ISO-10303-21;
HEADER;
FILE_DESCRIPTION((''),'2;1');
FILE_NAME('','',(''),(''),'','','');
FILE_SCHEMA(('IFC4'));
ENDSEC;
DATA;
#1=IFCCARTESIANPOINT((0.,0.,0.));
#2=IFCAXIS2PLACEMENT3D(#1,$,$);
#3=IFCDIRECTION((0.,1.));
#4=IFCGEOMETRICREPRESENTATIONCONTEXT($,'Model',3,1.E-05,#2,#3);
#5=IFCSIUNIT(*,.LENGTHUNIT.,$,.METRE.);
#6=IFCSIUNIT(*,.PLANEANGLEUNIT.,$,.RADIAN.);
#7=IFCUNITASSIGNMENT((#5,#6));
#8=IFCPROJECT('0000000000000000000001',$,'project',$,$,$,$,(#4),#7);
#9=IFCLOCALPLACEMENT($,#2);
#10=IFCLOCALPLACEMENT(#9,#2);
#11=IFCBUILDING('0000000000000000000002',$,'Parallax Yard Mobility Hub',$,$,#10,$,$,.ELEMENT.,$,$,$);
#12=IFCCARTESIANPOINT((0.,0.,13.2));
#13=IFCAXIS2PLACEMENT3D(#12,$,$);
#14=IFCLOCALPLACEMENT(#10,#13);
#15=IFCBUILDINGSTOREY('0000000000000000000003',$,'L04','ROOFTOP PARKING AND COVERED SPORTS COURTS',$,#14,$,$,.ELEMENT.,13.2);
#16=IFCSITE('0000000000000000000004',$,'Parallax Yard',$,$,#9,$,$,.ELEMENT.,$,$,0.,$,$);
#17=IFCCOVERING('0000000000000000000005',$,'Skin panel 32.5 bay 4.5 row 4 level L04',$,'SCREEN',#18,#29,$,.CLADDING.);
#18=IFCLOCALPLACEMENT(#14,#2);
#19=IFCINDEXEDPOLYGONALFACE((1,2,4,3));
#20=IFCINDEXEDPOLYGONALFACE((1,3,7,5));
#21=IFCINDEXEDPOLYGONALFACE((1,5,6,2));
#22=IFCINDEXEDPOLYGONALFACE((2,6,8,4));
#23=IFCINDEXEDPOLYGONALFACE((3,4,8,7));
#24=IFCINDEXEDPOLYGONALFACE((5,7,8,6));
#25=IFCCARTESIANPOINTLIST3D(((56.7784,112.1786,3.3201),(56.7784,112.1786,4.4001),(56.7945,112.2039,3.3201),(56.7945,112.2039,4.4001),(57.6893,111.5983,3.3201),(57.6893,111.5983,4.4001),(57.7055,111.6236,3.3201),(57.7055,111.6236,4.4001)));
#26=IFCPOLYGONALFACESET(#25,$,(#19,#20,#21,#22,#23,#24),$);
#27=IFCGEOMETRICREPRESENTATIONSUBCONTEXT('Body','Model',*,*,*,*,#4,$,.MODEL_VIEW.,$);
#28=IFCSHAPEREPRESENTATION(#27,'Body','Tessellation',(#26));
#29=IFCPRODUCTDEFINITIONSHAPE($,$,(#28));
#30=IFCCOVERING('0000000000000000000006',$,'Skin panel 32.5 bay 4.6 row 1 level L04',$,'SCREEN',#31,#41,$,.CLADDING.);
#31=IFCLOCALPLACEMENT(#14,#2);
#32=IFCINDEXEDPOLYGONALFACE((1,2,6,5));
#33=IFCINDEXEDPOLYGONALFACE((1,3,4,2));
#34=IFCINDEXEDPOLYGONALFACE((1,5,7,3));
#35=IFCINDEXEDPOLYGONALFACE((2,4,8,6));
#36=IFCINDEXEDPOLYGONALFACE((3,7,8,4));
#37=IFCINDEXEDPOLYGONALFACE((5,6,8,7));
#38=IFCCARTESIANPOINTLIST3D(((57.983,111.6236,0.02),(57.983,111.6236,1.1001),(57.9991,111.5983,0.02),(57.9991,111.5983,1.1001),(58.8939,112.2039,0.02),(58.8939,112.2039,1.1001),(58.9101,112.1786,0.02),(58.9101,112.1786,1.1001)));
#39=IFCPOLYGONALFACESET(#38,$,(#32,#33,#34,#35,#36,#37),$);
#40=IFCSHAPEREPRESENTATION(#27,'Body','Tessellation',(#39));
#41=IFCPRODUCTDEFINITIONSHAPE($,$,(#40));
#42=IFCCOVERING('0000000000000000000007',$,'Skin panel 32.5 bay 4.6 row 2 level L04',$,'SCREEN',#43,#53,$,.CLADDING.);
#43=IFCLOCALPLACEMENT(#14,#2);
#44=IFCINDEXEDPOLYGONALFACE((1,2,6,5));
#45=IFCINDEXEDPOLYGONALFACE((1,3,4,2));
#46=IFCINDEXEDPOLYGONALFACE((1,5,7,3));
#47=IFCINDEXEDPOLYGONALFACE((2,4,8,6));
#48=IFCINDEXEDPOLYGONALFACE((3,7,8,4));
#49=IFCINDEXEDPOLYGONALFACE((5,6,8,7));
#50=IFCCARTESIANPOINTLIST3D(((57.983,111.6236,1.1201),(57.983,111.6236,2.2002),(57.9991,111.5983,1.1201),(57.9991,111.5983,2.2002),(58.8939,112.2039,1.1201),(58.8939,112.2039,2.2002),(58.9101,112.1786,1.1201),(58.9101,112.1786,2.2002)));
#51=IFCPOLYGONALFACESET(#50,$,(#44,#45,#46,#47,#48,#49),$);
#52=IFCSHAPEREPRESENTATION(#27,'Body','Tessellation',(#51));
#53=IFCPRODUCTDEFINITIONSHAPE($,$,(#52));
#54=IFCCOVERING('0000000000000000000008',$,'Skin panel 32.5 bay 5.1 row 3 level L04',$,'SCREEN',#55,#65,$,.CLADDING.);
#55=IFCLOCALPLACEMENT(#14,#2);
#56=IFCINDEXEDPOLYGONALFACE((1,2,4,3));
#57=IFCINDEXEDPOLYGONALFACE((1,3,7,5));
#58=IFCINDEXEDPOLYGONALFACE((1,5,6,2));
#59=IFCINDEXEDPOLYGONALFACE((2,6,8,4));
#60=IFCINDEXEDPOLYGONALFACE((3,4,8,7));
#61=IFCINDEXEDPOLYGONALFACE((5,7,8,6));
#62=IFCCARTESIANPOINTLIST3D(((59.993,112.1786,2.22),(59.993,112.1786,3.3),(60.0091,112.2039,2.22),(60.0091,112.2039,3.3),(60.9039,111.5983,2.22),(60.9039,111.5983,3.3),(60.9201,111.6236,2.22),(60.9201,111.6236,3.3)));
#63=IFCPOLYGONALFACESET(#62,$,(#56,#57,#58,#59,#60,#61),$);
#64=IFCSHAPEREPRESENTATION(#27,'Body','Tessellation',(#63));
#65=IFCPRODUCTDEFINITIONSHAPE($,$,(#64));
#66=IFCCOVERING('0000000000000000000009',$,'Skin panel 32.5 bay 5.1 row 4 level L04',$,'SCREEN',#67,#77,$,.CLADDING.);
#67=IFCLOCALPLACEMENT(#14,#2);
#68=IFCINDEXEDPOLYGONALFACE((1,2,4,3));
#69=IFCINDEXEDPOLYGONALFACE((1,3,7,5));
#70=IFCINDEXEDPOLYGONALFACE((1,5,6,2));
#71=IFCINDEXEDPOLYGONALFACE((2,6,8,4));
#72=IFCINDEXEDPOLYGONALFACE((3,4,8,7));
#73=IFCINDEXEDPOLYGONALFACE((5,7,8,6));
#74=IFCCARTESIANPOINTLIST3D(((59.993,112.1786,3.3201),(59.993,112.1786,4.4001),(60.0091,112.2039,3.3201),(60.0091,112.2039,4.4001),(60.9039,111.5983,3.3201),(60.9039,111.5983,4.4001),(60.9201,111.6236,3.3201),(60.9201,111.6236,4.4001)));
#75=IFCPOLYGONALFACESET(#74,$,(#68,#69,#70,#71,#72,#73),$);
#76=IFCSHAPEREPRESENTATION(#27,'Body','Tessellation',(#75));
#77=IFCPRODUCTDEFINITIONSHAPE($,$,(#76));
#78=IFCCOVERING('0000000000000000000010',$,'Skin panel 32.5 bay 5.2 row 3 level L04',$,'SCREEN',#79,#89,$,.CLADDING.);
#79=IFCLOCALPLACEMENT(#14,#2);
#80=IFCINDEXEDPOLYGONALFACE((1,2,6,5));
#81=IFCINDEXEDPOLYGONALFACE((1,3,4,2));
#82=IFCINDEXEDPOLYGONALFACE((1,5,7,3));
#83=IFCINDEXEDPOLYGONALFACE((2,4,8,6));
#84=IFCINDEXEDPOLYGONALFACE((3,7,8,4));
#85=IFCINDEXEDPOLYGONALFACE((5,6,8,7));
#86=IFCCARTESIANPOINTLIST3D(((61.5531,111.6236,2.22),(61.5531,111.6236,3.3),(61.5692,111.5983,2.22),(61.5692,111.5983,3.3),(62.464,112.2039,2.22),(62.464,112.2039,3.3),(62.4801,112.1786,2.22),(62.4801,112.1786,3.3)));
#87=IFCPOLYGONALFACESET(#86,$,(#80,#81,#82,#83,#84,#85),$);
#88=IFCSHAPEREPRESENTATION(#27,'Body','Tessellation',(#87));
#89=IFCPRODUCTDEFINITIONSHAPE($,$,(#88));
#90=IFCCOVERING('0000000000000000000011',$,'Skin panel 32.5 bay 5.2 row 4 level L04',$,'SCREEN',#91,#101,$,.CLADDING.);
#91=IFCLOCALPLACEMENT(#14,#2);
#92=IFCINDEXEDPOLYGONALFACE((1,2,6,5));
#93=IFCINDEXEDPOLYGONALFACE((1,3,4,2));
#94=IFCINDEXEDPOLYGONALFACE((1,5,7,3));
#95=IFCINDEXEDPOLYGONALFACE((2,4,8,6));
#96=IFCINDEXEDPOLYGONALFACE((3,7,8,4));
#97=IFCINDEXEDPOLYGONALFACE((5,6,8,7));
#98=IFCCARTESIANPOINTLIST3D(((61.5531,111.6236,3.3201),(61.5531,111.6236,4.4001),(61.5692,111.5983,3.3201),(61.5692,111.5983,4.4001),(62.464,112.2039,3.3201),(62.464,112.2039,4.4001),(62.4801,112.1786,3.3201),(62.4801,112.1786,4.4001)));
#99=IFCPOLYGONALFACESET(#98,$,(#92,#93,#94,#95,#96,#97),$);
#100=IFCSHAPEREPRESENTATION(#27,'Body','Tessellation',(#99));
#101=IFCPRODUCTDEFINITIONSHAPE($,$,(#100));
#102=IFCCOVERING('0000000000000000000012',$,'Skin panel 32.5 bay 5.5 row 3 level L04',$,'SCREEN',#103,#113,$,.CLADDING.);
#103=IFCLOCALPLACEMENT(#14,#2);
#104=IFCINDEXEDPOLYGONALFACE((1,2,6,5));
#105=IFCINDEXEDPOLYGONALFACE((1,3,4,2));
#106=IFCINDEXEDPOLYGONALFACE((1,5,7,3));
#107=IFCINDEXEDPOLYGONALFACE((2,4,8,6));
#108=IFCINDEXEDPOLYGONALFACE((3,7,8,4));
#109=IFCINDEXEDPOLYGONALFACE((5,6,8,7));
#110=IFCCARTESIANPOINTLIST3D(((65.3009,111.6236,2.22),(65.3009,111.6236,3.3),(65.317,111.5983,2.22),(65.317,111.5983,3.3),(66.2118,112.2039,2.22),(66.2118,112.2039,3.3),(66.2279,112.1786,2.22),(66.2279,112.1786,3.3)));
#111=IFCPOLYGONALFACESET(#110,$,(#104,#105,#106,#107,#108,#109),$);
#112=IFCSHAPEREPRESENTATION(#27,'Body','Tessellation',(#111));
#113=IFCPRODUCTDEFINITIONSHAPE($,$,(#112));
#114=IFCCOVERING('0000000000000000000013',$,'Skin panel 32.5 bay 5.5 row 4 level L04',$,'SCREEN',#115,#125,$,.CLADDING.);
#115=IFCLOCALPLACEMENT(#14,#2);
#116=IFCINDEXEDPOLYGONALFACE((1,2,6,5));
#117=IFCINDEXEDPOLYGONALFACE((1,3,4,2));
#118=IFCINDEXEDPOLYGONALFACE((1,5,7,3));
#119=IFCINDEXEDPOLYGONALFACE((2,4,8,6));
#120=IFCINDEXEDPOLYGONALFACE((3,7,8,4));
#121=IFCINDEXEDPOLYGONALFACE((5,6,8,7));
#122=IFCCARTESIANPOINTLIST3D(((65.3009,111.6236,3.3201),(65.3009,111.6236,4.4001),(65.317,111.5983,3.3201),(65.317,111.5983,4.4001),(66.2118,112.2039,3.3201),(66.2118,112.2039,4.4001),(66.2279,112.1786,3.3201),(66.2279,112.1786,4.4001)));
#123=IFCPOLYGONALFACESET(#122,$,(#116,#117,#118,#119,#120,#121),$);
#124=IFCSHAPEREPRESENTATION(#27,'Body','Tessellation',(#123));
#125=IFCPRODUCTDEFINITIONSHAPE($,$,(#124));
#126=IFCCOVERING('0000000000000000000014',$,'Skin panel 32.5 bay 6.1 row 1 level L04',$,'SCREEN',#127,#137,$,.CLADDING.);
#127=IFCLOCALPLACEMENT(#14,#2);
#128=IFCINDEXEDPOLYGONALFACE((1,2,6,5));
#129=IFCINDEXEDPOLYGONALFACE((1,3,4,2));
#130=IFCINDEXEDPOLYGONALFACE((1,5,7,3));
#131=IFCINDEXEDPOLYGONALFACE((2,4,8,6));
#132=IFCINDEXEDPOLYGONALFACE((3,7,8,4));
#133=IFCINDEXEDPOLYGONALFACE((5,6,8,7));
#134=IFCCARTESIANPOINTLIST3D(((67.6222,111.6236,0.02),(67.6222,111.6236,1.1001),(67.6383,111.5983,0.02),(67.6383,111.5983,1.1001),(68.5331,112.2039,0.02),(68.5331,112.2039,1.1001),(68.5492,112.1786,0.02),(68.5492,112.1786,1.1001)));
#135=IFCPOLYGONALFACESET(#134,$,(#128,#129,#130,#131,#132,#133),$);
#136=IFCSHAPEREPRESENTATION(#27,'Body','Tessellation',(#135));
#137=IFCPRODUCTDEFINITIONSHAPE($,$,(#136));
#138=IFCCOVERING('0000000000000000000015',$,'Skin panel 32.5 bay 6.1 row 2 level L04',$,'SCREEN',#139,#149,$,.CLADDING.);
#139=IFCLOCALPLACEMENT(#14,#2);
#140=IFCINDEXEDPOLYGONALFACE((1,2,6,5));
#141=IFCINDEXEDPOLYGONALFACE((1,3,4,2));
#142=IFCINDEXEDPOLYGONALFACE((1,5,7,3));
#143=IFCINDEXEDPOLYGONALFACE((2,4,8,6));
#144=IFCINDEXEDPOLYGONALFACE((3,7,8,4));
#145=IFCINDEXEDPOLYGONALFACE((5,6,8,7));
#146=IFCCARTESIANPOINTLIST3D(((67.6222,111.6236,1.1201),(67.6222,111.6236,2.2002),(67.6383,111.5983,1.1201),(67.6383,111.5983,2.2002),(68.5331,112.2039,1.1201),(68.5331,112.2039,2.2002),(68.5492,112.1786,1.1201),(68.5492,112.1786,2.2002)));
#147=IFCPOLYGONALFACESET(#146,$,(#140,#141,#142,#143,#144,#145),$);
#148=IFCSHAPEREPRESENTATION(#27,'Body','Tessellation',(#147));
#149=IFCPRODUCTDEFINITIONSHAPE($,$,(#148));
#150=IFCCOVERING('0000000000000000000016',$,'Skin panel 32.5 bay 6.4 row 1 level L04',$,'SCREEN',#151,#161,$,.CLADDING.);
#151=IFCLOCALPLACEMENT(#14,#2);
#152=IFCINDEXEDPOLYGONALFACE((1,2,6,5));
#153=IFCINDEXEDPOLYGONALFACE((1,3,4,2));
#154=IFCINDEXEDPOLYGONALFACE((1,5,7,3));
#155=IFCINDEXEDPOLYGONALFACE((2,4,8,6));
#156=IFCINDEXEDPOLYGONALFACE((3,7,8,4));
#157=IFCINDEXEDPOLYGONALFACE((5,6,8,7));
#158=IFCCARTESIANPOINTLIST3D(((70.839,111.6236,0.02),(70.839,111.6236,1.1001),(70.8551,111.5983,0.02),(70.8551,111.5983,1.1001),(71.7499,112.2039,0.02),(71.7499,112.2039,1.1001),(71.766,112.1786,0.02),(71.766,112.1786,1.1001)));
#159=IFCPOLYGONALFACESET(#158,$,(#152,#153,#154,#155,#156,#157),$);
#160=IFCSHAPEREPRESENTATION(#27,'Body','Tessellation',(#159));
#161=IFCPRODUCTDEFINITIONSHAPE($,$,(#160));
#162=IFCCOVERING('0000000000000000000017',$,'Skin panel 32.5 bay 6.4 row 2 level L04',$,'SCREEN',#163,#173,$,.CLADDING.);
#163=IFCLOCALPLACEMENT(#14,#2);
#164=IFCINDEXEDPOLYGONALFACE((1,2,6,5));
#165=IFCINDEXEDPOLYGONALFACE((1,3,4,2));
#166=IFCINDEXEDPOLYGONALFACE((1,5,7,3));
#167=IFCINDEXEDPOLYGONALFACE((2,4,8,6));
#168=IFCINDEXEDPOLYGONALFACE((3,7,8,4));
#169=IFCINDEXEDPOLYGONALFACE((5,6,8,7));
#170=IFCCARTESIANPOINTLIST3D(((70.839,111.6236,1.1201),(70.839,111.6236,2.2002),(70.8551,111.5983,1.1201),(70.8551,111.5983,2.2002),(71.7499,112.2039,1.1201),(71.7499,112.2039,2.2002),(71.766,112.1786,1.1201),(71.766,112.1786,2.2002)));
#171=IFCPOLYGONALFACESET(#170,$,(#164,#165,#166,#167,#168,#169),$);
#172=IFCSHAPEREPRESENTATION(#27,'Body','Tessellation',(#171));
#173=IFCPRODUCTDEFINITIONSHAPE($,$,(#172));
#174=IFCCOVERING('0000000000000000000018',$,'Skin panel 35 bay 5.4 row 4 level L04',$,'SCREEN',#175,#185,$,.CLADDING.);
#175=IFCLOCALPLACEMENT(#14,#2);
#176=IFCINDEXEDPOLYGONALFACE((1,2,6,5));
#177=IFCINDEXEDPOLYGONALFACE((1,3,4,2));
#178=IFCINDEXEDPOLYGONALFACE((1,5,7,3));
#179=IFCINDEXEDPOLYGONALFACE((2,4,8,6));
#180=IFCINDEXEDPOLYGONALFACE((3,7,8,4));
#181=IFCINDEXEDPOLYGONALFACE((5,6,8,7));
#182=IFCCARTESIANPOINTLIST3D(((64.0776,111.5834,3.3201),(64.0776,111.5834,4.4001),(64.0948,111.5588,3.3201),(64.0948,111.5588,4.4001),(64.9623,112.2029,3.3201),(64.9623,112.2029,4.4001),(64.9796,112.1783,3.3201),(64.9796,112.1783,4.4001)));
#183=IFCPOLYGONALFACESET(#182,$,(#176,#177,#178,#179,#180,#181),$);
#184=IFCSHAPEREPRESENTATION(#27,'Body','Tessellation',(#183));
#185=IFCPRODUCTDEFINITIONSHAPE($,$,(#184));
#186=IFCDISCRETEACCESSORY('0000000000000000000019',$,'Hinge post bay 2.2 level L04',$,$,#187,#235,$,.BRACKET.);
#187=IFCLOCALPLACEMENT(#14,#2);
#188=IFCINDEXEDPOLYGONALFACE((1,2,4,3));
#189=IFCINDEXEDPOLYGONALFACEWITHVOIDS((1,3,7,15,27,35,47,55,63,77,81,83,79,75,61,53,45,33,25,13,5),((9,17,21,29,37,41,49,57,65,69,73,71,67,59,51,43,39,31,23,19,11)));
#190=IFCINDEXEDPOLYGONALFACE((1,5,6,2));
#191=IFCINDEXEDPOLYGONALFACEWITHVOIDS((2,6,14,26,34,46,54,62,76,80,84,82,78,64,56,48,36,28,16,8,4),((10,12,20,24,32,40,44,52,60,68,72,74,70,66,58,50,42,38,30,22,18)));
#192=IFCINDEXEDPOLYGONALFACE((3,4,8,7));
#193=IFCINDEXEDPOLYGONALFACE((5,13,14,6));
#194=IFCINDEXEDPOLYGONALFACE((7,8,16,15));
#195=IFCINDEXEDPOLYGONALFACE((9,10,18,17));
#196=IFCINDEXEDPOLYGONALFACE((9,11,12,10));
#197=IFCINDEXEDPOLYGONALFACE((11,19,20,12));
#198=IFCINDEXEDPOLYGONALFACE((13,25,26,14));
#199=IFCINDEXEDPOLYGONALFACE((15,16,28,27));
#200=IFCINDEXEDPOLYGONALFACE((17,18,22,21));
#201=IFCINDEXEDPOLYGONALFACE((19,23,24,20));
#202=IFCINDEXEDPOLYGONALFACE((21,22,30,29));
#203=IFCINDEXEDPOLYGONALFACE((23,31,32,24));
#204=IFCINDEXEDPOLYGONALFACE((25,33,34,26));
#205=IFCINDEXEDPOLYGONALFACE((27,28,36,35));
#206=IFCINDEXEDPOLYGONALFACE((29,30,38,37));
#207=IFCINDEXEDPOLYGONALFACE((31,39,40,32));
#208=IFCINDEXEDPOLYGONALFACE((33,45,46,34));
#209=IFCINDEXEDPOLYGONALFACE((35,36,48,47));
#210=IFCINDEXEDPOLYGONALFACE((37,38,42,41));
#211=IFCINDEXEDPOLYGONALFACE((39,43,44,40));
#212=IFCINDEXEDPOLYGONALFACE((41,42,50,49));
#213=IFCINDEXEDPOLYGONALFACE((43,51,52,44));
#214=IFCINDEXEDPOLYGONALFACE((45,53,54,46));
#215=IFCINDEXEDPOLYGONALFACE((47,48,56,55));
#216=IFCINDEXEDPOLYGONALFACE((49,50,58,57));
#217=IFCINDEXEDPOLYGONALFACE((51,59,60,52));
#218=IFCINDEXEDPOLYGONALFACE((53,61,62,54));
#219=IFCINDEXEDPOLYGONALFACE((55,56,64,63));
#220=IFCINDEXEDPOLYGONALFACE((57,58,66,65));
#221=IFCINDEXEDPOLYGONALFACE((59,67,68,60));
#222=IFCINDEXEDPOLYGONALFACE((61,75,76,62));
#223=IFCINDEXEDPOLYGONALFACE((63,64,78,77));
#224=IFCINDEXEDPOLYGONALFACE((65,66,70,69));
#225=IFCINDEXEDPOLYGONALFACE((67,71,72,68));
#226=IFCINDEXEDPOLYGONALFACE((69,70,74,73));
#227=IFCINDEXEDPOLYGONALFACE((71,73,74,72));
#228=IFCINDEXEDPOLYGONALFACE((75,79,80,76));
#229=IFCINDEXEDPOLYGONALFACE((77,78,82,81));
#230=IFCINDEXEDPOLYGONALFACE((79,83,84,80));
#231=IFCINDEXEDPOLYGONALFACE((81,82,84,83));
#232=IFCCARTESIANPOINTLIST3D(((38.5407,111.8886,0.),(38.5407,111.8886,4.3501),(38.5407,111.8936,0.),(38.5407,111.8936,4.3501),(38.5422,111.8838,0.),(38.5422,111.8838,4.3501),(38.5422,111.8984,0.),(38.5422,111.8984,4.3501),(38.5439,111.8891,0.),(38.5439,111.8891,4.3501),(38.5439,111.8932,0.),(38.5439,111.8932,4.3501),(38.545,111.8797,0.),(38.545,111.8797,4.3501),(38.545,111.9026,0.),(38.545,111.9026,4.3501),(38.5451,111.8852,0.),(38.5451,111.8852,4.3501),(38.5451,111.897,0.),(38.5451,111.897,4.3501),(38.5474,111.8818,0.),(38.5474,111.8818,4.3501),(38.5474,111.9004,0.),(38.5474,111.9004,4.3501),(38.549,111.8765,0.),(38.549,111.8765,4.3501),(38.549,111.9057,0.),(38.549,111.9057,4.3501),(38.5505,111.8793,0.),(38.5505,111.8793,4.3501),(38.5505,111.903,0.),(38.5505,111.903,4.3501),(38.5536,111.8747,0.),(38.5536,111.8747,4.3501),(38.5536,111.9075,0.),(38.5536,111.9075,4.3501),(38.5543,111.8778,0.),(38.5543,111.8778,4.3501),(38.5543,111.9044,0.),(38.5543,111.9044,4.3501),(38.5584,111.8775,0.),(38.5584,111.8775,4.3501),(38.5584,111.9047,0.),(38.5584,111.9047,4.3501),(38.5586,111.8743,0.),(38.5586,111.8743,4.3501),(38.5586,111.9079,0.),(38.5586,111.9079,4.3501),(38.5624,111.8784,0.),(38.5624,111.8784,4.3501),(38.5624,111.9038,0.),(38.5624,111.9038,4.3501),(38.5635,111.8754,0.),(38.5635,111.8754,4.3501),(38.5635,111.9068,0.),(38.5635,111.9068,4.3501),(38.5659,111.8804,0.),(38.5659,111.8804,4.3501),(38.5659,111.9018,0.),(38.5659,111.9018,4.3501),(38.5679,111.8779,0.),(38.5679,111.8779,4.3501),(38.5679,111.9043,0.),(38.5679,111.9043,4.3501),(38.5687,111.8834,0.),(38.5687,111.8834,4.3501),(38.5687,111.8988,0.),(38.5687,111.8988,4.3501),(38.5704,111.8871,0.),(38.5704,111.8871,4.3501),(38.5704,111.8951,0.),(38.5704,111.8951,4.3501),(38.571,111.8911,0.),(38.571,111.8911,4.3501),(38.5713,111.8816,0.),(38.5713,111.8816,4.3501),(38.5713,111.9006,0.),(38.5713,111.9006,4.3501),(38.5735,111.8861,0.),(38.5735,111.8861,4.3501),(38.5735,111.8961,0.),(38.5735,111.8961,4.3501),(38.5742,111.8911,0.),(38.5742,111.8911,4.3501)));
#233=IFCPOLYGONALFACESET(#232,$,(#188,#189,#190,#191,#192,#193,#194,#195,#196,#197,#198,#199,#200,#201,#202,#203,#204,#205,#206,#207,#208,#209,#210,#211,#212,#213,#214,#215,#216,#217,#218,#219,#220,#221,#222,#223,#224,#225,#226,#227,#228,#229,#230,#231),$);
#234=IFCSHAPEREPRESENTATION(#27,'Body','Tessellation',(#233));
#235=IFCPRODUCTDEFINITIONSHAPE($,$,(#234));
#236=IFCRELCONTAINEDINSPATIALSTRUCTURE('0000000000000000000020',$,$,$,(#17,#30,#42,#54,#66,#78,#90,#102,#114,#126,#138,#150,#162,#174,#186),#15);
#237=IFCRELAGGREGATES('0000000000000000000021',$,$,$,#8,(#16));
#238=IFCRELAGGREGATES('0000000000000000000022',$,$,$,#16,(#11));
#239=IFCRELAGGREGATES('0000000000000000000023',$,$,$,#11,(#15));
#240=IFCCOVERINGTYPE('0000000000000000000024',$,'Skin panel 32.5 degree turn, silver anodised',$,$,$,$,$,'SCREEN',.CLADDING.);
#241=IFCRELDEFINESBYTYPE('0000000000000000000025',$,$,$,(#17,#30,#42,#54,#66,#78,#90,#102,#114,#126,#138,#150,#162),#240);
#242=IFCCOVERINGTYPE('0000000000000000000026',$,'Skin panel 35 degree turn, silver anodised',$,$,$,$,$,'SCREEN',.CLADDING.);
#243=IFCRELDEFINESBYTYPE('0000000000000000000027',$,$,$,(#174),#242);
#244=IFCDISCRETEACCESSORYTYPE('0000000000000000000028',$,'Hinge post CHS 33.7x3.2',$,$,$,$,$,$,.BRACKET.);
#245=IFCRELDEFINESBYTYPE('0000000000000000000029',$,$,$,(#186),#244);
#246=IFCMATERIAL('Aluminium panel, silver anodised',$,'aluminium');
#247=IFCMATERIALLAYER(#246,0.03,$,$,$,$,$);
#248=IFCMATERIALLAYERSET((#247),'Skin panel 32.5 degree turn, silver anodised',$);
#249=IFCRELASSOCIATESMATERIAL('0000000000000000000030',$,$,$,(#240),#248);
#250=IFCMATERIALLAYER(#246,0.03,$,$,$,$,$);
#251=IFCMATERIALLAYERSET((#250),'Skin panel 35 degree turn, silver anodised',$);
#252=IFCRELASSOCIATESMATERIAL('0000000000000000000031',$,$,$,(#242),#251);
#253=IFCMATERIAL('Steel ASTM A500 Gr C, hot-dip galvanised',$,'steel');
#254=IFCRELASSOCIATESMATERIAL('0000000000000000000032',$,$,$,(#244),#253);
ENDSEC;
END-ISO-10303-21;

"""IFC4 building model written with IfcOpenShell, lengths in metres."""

from ifc_helpers import new_model, si_unit, direction, frame, origin, origin_2d, place, context, subcontext, project, spatial, rectangle, hollow_circle, extrude, material, layer, layer_set, material_profile, profile_set, type_object, element, save


model = new_model("IFC4")

# Units and contexts
model_context = context("Model", 3, precision=1e-05, world=origin(), true_north=direction((0.0, 1.0)))
body_context = subcontext(model_context, "Body", "Model", "MODEL_VIEW")
ifc_project = project(units=[si_unit("LENGTHUNIT", "METRE"), si_unit("PLANEANGLEUNIT", "RADIAN")], contexts=[model_context])

# Site, building, storey
site_placement = place(None, origin())
site = spatial("IfcSite", under=ifc_project, at=site_placement, Name="Parallax Yard", CompositionType="ELEMENT", RefElevation=0.0)
building_placement = place(site_placement, origin())
building = spatial("IfcBuilding", under=site, at=building_placement, Name="Parallax Yard Mobility Hub", CompositionType="ELEMENT")
storey_placement = place(building_placement, frame((0.0, 0.0, 13.2)))
storey = spatial("IfcBuildingStorey", under=building, at=storey_placement, Name="L04", Description="ROOFTOP PARKING AND COVERED SPORTS COURTS", CompositionType="ELEMENT", Elevation=13.2)

# Coverings
ifc_material_1 = material(Name="Aluminium panel, silver anodised", Category="aluminium")
ifc_layer_1 = layer(ifc_material_1, 0.03)
ifc_layer_set_1 = layer_set([ifc_layer_1], Name="Skin panel 32.5 degree turn, silver anodised")
covering_type_1 = type_object("IfcCoveringType", Name="Skin panel 32.5 degree turn, silver anodised", ElementType="SCREEN", PredefinedType="CLADDING", material=ifc_layer_set_1)
for number, where, z_axis, x_axis, name in (
    (1, (57.2419, 111.9011, 3.3201), (0.0, 0.0, 1.0), (0.843391, -0.5373, 0.0), "Skin panel 32.5 bay 4.5 row 4 level L04"),
    (2, (58.4465, 111.9011, 0.02), (0.0, 0.0, 1.0), (-0.843391, -0.5373, 0.0), "Skin panel 32.5 bay 4.6 row 1 level L04"),
    (3, (58.4465, 111.9011, 1.1201), (0.0, 0.0, 1.0), (-0.843391, -0.5373, 0.0), "Skin panel 32.5 bay 4.6 row 2 level L04"),
    (4, (60.4565, 111.9011, 2.22), (0.0, 0.0, 1.0), (0.843391, -0.5373, 0.0), "Skin panel 32.5 bay 5.1 row 3 level L04"),
    (5, (60.4565, 111.9011, 3.3201), (0.0, 0.0, 1.0), (0.843391, -0.5373, 0.0), "Skin panel 32.5 bay 5.1 row 4 level L04"),
    (6, (62.0166, 111.9011, 2.22), (0.0, 0.0, 1.0), (-0.843391, -0.5373, 0.0), "Skin panel 32.5 bay 5.2 row 3 level L04"),
    (7, (62.0166, 111.9011, 3.3201), (0.0, 0.0, 1.0), (-0.843391, -0.5373, 0.0), "Skin panel 32.5 bay 5.2 row 4 level L04"),
    (8, (65.7644, 111.9011, 2.22), (0.0, 0.0, 1.0), (-0.843391, -0.5373, 0.0), "Skin panel 32.5 bay 5.5 row 3 level L04"),
    (9, (65.7644, 111.9011, 3.3201), (0.0, 0.0, 1.0), (-0.843391, -0.5373, 0.0), "Skin panel 32.5 bay 5.5 row 4 level L04"),
    (10, (68.0857, 111.9011, 0.02), (0.0, 0.0, 1.0), (-0.843391, -0.5373, 0.0), "Skin panel 32.5 bay 6.1 row 1 level L04"),
    (11, (68.0857, 111.9011, 1.1201), (0.0, 0.0, 1.0), (-0.843391, -0.5373, 0.0), "Skin panel 32.5 bay 6.1 row 2 level L04"),
    (12, (71.3025, 111.9011, 0.02), (0.0, 0.0, 1.0), (-0.843391, -0.5373, 0.0), "Skin panel 32.5 bay 6.4 row 1 level L04"),
    (13, (71.3025, 111.9011, 1.1201), (0.0, 0.0, 1.0), (-0.843391, -0.5373, 0.0), "Skin panel 32.5 bay 6.4 row 2 level L04"),
):
    element("IfcCovering", number, at=place(storey_placement, frame(where, z_axis=z_axis, x_axis=x_axis)), inside=storey, type_object=covering_type_1, Name=name, ObjectType="SCREEN", PredefinedType="CLADDING", context=body_context, shape_type="SweptSolid", body=[
        extrude(rectangle(XDim=1.0801, YDim=0.03, at=origin_2d()), origin(), (0.0, 0.0, 1.0), 1.0801),
    ])
ifc_layer_2 = layer(ifc_material_1, 0.03)
ifc_layer_set_2 = layer_set([ifc_layer_2], Name="Skin panel 35 degree turn, silver anodised")
covering_type_2 = type_object("IfcCoveringType", Name="Skin panel 35 degree turn, silver anodised", ElementType="SCREEN", PredefinedType="CLADDING", material=ifc_layer_set_2)
covering_1_placement = place(storey_placement, frame((64.5286, 111.8809, 3.3201), z_axis=(0.0, 0.0, 1.0), x_axis=(-0.819152, -0.573576, 0.0)))
element("IfcCovering", 14, at=covering_1_placement, inside=storey, type_object=covering_type_2, Name="Skin panel 35 bay 5.4 row 4 level L04", ObjectType="SCREEN", PredefinedType="CLADDING", context=body_context, shape_type="SweptSolid", body=[
    extrude(rectangle(XDim=1.0801, YDim=0.03, at=origin_2d()), origin(), (0.0, 0.0, 1.0), 1.0801),
])

# Discrete accessory
ifc_material_2 = material(Name="Steel ASTM A500 Gr C, hot-dip galvanised", Category="steel")
ifc_material_profile = material_profile(ifc_material_2, hollow_circle(Radius=0.0168, WallThickness=0.0032, at=origin_2d()), Name="CHS 33.7x3.2")
ifc_profile_set = profile_set([ifc_material_profile], Name="Steel ASTM A500 Gr C, hot-dip galvanised")
discrete_accessory_type = type_object("IfcDiscreteAccessoryType", Name="Hinge post CHS 33.7x3.2", PredefinedType="BRACKET", material=ifc_profile_set)
discrete_accessory_placement = place(storey_placement, frame((38.5574, 111.8911, 0.0), z_axis=(0.0, 0.0, 1.0), x_axis=(1.0, 0.0, 0.0)))
element("IfcDiscreteAccessory", 15, at=discrete_accessory_placement, inside=storey, type_object=discrete_accessory_type, Name="Hinge post bay 2.2 level L04", PredefinedType="BRACKET", context=body_context, shape_type="SweptSolid", body=[
    extrude(hollow_circle(Radius=0.0168, WallThickness=0.0032, at=origin_2d()), origin(), (0.0, 0.0, 1.0), 4.3501),
])

save(model, "model.ifc")
